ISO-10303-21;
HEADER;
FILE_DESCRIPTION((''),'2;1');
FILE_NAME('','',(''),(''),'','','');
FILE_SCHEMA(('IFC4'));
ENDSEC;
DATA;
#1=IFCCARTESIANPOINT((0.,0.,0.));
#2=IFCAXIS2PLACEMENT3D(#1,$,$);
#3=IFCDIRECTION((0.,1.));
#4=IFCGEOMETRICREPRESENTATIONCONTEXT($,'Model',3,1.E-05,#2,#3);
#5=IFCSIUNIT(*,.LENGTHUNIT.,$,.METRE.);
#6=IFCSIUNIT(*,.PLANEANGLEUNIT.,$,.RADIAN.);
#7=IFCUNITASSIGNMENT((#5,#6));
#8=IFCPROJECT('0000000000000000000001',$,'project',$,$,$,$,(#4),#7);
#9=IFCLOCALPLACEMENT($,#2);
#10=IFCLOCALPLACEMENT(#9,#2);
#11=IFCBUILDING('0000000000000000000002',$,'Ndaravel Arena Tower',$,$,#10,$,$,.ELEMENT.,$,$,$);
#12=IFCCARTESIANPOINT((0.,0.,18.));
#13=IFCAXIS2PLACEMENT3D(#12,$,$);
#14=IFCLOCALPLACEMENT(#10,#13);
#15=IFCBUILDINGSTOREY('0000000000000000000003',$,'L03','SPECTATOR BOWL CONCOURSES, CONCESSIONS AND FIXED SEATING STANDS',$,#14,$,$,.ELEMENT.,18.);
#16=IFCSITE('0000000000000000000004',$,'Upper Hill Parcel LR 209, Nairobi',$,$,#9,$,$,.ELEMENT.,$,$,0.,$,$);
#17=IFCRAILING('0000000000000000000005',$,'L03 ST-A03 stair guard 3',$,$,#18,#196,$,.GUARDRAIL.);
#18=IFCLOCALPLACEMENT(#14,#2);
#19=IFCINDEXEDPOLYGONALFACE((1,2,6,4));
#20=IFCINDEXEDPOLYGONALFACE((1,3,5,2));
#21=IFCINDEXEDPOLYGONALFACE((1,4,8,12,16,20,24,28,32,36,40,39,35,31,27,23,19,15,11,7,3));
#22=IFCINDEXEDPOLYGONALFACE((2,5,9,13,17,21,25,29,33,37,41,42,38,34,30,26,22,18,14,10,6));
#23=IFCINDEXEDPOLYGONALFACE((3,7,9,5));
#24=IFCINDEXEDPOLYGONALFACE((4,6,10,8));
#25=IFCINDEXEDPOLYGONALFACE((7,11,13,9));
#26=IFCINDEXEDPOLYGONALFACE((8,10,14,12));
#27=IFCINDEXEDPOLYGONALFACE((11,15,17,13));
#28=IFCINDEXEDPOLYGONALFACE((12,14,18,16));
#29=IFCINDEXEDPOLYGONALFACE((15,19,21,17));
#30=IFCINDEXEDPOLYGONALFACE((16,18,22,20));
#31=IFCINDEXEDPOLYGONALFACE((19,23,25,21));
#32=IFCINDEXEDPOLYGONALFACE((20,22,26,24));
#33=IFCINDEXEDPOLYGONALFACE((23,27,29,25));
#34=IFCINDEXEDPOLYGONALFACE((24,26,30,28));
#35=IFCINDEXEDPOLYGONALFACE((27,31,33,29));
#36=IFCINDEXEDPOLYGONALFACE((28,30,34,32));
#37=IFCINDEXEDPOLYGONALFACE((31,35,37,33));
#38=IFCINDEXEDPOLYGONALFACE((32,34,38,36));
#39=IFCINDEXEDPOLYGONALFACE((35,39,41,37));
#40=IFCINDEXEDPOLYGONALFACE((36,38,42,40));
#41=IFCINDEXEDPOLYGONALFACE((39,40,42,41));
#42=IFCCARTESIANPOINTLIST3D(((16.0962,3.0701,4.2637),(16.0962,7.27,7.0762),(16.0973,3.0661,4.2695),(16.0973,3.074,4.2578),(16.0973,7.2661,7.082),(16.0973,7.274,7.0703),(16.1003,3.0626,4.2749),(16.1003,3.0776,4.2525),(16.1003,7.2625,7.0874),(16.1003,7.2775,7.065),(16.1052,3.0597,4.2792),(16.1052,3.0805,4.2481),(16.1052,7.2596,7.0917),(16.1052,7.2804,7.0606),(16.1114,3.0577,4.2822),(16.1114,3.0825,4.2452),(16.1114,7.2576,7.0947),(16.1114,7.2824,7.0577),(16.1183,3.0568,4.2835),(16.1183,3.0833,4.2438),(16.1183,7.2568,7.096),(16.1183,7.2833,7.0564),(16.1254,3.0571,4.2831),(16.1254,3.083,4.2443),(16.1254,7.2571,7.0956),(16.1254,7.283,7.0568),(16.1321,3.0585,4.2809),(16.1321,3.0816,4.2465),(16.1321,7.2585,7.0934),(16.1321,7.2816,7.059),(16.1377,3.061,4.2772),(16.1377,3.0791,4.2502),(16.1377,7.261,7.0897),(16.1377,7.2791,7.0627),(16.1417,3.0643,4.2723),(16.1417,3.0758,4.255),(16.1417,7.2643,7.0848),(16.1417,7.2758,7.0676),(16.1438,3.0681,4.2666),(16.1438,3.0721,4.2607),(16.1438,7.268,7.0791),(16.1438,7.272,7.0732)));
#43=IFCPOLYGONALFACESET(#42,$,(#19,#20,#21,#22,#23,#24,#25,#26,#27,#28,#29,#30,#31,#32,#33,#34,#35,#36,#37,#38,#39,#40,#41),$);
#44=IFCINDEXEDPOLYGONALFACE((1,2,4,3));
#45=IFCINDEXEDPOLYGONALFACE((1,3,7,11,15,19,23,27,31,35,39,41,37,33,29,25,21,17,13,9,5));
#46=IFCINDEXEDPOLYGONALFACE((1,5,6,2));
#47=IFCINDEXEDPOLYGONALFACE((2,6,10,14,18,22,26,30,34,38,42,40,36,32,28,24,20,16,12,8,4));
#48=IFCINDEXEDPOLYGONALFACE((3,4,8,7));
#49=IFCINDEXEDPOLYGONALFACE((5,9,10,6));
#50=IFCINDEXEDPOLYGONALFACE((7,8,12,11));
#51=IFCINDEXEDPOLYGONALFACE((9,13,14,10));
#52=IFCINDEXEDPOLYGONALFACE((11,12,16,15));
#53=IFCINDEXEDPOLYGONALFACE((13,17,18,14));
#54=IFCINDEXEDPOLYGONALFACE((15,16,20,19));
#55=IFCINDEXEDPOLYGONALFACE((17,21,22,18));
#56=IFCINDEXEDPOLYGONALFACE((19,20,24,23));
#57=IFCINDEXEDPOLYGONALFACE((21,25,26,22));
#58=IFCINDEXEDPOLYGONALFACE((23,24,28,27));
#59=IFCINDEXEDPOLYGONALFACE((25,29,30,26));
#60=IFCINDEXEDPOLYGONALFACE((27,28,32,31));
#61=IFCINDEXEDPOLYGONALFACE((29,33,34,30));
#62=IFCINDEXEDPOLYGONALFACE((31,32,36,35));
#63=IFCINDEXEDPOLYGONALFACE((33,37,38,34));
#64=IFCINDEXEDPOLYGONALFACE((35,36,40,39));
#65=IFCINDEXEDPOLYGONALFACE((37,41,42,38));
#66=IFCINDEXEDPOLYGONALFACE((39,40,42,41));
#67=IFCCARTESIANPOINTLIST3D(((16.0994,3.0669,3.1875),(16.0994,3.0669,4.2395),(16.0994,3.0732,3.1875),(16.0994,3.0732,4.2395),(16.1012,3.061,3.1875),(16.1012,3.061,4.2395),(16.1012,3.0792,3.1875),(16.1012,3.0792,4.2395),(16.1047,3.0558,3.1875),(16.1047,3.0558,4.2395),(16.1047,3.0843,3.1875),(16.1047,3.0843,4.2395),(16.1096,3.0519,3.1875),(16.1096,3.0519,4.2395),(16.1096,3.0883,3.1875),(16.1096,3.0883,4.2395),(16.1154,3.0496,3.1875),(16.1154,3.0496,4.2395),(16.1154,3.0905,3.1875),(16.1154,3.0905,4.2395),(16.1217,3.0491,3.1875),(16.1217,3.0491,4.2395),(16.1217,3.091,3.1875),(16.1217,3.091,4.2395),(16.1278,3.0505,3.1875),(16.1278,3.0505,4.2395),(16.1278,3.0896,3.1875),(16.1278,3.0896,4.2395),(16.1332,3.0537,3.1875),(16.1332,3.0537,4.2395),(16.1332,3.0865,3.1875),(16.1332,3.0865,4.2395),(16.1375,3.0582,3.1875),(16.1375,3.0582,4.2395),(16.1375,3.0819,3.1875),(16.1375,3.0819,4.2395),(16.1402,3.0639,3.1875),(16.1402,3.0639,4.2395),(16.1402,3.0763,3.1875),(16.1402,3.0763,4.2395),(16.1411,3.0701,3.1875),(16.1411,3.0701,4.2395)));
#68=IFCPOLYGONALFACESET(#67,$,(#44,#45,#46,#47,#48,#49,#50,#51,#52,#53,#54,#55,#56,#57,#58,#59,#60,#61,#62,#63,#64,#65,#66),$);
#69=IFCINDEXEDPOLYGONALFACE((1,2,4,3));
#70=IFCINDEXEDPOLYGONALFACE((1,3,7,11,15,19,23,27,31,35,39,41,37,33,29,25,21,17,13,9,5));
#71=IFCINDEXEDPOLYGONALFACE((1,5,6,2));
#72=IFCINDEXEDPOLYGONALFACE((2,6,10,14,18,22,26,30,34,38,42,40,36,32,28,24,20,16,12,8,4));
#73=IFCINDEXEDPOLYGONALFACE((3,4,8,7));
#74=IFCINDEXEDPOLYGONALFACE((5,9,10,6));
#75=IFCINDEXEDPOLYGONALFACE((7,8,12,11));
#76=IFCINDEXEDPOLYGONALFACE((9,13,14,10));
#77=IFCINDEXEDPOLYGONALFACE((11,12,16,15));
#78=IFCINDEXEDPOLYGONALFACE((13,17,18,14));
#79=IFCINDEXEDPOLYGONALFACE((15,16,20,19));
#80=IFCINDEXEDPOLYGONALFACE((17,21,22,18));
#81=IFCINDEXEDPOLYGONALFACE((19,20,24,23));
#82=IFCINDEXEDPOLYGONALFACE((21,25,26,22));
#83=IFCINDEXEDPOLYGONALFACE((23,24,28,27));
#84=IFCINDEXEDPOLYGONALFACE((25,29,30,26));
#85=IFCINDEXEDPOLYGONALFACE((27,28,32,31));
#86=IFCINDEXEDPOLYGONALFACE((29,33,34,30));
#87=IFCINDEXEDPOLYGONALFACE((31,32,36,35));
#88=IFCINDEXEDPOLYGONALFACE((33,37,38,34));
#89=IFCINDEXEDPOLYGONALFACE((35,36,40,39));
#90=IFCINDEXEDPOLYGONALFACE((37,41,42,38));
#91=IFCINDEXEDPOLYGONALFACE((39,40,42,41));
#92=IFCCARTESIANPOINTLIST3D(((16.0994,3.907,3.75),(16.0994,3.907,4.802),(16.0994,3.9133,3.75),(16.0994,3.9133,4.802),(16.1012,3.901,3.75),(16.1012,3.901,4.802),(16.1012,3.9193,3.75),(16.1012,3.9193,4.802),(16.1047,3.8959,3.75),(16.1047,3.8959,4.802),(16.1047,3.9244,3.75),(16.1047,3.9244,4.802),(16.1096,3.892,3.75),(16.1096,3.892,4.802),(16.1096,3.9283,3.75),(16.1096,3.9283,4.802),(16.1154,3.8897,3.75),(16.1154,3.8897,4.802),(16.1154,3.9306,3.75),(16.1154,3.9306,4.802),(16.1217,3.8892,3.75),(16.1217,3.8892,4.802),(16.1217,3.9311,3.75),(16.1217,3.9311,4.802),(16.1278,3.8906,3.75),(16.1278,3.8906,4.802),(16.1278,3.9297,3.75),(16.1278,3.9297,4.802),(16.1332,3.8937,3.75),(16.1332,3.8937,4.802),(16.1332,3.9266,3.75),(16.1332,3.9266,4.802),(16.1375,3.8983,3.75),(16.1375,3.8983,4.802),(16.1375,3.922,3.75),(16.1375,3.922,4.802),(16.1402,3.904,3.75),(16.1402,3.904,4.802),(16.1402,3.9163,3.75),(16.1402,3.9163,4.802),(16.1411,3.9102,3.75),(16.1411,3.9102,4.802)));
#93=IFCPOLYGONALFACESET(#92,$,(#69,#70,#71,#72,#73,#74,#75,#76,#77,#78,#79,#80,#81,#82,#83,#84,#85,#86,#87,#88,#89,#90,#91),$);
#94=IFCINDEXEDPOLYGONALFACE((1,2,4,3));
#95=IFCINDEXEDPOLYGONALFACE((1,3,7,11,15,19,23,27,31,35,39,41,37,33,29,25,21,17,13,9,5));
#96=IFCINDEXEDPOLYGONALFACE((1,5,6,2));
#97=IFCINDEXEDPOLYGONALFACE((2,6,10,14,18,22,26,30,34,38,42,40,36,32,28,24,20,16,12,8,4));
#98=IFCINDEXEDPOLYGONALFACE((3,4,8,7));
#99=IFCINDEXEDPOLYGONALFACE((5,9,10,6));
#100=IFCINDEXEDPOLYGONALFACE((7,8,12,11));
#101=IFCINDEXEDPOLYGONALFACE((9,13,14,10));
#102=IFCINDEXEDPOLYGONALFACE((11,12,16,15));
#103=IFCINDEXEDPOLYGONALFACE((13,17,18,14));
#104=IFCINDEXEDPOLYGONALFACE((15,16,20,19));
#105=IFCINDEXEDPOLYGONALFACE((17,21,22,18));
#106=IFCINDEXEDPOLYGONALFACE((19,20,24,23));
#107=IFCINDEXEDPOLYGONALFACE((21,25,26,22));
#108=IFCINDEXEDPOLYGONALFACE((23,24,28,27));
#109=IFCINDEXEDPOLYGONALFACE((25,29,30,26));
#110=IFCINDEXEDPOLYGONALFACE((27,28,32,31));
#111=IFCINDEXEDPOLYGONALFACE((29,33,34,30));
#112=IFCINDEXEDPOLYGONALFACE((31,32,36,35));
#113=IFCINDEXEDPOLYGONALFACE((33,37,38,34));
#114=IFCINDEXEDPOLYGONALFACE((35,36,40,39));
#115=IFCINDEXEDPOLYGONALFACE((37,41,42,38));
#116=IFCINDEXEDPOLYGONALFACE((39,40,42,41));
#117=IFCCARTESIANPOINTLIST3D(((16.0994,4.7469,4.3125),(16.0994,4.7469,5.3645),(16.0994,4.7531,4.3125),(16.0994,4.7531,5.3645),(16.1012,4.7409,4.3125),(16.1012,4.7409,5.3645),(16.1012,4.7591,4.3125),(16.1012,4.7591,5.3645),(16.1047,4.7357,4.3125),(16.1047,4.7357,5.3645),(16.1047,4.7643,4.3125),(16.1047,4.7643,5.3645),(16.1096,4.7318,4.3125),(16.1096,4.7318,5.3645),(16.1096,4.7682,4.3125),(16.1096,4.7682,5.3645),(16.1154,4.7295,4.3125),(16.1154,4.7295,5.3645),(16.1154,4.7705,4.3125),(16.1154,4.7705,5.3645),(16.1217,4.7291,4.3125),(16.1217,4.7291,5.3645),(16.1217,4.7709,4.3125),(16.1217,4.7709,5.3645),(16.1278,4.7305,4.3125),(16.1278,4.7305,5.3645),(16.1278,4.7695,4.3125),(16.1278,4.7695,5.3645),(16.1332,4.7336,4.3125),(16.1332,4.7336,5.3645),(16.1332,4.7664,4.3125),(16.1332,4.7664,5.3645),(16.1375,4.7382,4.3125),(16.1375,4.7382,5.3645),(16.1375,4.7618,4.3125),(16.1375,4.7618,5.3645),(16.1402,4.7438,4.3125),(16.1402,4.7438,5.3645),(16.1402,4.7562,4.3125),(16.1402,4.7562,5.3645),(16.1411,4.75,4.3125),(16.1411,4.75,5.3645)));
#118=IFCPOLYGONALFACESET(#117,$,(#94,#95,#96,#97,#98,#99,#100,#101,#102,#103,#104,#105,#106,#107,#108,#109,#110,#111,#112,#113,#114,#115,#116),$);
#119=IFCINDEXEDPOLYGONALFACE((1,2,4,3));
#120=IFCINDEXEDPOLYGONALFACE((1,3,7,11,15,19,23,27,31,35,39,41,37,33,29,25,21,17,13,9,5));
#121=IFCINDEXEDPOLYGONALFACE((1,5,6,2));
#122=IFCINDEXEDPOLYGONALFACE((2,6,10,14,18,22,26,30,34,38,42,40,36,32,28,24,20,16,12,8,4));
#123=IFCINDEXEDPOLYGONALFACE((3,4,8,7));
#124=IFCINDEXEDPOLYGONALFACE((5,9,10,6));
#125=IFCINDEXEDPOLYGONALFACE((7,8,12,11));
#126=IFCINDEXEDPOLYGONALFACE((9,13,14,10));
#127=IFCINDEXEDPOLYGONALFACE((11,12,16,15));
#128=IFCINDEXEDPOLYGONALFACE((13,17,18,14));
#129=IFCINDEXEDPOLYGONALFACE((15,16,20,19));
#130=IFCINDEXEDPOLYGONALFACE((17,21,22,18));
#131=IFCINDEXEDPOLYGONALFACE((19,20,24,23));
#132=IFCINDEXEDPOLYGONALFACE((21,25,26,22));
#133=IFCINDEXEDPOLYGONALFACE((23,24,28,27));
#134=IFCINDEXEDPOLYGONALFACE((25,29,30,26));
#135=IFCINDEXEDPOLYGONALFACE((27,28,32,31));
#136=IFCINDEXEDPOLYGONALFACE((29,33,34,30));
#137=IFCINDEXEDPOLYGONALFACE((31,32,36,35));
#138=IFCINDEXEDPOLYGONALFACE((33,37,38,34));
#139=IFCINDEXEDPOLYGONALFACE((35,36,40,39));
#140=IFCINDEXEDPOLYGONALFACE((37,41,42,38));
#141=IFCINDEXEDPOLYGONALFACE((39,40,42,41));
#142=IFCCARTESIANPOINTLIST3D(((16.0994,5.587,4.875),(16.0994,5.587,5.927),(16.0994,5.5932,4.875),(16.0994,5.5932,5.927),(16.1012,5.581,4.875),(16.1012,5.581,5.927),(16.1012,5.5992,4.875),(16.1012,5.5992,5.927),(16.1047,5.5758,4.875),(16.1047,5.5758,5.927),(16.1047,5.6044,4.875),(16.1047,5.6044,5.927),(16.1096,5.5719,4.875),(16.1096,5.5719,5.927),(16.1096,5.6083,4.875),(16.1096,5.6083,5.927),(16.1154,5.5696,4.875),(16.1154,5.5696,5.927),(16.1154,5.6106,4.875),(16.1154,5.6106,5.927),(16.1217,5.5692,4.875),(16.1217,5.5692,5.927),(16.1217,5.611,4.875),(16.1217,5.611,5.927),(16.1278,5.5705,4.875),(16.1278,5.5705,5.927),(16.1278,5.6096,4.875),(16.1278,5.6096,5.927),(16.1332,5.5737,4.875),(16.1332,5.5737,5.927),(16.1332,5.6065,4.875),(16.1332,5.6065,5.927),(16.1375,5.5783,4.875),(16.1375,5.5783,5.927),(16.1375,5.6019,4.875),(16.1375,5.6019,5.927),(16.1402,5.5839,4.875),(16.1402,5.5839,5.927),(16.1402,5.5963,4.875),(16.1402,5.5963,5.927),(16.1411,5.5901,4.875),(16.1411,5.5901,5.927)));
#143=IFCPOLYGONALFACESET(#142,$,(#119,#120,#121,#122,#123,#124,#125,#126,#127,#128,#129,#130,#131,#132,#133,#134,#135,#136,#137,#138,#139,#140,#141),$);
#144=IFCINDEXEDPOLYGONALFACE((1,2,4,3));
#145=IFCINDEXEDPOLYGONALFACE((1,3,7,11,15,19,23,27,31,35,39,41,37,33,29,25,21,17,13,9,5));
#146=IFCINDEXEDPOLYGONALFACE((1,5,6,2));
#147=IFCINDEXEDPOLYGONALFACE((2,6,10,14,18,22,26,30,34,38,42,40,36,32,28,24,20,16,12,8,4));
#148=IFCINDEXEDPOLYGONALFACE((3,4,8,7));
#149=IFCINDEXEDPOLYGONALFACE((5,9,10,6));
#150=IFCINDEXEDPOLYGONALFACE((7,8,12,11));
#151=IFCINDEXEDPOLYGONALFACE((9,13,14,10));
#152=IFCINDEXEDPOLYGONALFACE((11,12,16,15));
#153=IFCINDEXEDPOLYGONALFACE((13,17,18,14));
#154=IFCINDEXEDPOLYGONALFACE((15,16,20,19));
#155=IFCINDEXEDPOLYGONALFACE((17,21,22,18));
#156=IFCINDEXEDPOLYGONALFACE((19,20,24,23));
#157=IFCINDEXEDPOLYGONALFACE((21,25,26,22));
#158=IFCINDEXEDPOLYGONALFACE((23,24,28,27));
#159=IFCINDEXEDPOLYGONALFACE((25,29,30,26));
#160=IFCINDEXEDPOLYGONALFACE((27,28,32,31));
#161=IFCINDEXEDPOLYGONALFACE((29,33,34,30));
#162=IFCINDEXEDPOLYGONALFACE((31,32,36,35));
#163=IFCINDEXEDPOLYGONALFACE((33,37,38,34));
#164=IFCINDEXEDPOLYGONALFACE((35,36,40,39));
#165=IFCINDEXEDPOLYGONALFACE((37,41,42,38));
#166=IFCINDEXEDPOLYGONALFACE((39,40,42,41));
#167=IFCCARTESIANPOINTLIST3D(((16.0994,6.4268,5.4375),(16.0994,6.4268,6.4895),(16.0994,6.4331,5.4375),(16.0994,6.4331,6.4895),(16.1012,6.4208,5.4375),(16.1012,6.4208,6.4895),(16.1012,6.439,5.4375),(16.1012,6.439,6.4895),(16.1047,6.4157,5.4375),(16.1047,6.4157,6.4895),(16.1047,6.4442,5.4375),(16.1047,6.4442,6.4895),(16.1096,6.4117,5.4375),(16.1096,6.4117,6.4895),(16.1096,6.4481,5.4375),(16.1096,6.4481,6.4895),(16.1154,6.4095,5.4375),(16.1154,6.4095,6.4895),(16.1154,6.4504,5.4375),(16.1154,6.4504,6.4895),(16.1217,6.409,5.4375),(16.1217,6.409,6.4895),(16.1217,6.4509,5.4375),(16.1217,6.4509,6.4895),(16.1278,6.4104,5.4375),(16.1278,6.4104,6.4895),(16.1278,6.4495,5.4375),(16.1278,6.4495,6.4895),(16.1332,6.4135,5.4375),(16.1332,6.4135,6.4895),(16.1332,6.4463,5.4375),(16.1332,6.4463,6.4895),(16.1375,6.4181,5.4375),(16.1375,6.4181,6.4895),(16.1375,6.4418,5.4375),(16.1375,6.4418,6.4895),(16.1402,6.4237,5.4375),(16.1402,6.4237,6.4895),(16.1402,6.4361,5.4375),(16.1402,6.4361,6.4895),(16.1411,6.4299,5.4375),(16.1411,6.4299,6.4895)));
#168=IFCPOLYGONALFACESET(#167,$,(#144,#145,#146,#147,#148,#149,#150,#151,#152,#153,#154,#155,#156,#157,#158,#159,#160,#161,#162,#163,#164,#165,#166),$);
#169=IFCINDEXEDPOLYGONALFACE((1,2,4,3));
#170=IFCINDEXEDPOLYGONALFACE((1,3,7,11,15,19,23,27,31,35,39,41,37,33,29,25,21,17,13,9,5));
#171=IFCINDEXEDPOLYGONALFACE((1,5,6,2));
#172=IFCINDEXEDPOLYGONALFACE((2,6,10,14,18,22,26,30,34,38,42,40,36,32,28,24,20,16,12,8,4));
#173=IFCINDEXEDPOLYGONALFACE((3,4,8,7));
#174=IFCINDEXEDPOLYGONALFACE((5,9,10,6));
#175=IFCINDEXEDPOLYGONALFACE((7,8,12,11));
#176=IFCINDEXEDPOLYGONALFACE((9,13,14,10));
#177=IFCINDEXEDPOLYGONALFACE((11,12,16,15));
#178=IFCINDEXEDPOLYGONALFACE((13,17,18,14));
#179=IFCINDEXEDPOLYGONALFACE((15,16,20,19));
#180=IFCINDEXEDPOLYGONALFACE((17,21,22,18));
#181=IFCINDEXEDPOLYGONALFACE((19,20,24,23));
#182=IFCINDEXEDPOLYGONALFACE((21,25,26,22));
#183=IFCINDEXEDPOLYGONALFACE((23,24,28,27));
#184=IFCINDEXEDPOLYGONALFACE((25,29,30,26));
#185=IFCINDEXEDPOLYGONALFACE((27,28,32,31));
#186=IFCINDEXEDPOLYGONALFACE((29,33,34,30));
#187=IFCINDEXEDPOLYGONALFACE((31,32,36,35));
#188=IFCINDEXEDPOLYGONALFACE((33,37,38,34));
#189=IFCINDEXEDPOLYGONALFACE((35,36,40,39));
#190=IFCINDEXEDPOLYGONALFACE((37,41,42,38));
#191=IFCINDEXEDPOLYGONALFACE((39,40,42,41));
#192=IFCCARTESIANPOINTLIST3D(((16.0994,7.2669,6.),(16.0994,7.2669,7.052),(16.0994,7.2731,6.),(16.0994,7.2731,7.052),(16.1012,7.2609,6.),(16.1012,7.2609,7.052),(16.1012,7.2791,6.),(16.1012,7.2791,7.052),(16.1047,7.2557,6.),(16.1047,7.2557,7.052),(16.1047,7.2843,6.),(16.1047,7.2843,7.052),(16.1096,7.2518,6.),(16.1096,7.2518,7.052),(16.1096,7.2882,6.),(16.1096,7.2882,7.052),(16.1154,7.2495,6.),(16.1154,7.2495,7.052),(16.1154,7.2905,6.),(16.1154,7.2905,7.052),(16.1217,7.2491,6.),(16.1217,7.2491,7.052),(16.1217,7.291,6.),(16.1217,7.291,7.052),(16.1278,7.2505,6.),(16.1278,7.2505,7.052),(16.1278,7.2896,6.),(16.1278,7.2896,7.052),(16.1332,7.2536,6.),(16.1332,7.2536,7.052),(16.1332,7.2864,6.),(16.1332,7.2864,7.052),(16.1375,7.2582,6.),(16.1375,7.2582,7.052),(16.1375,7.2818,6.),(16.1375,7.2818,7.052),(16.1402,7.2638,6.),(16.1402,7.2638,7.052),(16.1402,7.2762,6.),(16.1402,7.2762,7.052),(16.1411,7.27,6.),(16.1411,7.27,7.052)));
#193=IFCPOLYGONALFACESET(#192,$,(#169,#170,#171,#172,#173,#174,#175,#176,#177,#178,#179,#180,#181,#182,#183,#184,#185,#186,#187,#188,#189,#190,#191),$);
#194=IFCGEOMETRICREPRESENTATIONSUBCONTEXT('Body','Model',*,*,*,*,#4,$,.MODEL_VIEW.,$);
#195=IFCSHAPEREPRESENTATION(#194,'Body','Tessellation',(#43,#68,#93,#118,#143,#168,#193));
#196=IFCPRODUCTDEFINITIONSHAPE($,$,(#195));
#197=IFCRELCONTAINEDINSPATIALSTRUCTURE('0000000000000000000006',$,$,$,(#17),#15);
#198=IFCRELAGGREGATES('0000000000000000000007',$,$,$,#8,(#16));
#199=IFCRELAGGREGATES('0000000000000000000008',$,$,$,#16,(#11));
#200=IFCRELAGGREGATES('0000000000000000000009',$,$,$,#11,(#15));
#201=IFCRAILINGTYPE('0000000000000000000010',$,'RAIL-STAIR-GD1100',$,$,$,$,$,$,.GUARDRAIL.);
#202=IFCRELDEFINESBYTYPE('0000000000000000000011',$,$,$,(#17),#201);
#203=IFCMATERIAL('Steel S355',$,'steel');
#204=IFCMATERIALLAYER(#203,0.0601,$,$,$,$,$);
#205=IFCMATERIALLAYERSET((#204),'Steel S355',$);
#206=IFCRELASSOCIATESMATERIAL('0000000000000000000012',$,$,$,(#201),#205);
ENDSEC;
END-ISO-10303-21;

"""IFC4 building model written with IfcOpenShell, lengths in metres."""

from ifc_helpers import new_model, si_unit, direction, frame, origin, origin_2d, place, context, subcontext, project, spatial, circle, extrude, material, layer, layer_set, type_object, element, save


model = new_model("IFC4")

# Units and contexts
model_context = context("Model", 3, precision=1e-05, world=origin(), true_north=direction((0.0, 1.0)))
body_context = subcontext(model_context, "Body", "Model", "MODEL_VIEW")
ifc_project = project(units=[si_unit("LENGTHUNIT", "METRE"), si_unit("PLANEANGLEUNIT", "RADIAN")], contexts=[model_context])

# Site, building, storey
site_placement = place(None, origin())
site = spatial("IfcSite", under=ifc_project, at=site_placement, Name="Upper Hill Parcel LR 209, Nairobi", CompositionType="ELEMENT", RefElevation=0.0)
building_placement = place(site_placement, origin())
building = spatial("IfcBuilding", under=site, at=building_placement, Name="Ndaravel Arena Tower", CompositionType="ELEMENT")
storey_placement = place(building_placement, frame((0.0, 0.0, 18.0)))
storey = spatial("IfcBuildingStorey", under=building, at=storey_placement, Name="L03", Description="SPECTATOR BOWL CONCOURSES, CONCESSIONS AND FIXED SEATING STANDS", CompositionType="ELEMENT", Elevation=18.0)

# Railing
ifc_material_1 = material(Name="Steel S355", Category="steel")
ifc_layer_1 = layer(ifc_material_1, 0.0601)
ifc_layer_set_1 = layer_set([ifc_layer_1], Name="Steel S355")
railing_type_1 = type_object("IfcRailingType", Name="RAIL-STAIR-GD1100", PredefinedType="GUARDRAIL", material=ifc_layer_set_1)
railing_1_placement = place(storey_placement, frame((16.1201, 3.0701, 3.1875)))
element("IfcRailing", 1, at=railing_1_placement, inside=storey, type_object=railing_type_1, Name="L03 ST-A03 stair guard 3", PredefinedType="GUARDRAIL", context=body_context, shape_type="SweptSolid", body=[
    extrude(circle(Radius=0.0239, at=origin_2d()), frame((0.0, 0.0, 1.0762), z_axis=(0.0, 0.830904, 0.556416), x_axis=(-1.0, 0.0, 0.0)), (0.0, 0.0, 1.0), 5.0547),
    extrude(circle(Radius=0.021, at=origin_2d()), origin(), (0.0, 0.0, 1.0), 1.052),
    extrude(circle(Radius=0.021, at=origin_2d()), frame((0.0, 0.8401, 0.5625)), (0.0, 0.0, 1.0), 1.052),
    extrude(circle(Radius=0.021, at=origin_2d()), frame((0.0, 1.6799, 1.125)), (0.0, 0.0, 1.0), 1.052),
    extrude(circle(Radius=0.021, at=origin_2d()), frame((0.0, 2.52, 1.6875)), (0.0, 0.0, 1.0), 1.052),
    extrude(circle(Radius=0.021, at=origin_2d()), frame((0.0, 3.3599, 2.25)), (0.0, 0.0, 1.0), 1.052),
    extrude(circle(Radius=0.021, at=origin_2d()), frame((0.0, 4.2, 2.8125)), (0.0, 0.0, 1.0), 1.052),
])

save(model, "model.ifc")
